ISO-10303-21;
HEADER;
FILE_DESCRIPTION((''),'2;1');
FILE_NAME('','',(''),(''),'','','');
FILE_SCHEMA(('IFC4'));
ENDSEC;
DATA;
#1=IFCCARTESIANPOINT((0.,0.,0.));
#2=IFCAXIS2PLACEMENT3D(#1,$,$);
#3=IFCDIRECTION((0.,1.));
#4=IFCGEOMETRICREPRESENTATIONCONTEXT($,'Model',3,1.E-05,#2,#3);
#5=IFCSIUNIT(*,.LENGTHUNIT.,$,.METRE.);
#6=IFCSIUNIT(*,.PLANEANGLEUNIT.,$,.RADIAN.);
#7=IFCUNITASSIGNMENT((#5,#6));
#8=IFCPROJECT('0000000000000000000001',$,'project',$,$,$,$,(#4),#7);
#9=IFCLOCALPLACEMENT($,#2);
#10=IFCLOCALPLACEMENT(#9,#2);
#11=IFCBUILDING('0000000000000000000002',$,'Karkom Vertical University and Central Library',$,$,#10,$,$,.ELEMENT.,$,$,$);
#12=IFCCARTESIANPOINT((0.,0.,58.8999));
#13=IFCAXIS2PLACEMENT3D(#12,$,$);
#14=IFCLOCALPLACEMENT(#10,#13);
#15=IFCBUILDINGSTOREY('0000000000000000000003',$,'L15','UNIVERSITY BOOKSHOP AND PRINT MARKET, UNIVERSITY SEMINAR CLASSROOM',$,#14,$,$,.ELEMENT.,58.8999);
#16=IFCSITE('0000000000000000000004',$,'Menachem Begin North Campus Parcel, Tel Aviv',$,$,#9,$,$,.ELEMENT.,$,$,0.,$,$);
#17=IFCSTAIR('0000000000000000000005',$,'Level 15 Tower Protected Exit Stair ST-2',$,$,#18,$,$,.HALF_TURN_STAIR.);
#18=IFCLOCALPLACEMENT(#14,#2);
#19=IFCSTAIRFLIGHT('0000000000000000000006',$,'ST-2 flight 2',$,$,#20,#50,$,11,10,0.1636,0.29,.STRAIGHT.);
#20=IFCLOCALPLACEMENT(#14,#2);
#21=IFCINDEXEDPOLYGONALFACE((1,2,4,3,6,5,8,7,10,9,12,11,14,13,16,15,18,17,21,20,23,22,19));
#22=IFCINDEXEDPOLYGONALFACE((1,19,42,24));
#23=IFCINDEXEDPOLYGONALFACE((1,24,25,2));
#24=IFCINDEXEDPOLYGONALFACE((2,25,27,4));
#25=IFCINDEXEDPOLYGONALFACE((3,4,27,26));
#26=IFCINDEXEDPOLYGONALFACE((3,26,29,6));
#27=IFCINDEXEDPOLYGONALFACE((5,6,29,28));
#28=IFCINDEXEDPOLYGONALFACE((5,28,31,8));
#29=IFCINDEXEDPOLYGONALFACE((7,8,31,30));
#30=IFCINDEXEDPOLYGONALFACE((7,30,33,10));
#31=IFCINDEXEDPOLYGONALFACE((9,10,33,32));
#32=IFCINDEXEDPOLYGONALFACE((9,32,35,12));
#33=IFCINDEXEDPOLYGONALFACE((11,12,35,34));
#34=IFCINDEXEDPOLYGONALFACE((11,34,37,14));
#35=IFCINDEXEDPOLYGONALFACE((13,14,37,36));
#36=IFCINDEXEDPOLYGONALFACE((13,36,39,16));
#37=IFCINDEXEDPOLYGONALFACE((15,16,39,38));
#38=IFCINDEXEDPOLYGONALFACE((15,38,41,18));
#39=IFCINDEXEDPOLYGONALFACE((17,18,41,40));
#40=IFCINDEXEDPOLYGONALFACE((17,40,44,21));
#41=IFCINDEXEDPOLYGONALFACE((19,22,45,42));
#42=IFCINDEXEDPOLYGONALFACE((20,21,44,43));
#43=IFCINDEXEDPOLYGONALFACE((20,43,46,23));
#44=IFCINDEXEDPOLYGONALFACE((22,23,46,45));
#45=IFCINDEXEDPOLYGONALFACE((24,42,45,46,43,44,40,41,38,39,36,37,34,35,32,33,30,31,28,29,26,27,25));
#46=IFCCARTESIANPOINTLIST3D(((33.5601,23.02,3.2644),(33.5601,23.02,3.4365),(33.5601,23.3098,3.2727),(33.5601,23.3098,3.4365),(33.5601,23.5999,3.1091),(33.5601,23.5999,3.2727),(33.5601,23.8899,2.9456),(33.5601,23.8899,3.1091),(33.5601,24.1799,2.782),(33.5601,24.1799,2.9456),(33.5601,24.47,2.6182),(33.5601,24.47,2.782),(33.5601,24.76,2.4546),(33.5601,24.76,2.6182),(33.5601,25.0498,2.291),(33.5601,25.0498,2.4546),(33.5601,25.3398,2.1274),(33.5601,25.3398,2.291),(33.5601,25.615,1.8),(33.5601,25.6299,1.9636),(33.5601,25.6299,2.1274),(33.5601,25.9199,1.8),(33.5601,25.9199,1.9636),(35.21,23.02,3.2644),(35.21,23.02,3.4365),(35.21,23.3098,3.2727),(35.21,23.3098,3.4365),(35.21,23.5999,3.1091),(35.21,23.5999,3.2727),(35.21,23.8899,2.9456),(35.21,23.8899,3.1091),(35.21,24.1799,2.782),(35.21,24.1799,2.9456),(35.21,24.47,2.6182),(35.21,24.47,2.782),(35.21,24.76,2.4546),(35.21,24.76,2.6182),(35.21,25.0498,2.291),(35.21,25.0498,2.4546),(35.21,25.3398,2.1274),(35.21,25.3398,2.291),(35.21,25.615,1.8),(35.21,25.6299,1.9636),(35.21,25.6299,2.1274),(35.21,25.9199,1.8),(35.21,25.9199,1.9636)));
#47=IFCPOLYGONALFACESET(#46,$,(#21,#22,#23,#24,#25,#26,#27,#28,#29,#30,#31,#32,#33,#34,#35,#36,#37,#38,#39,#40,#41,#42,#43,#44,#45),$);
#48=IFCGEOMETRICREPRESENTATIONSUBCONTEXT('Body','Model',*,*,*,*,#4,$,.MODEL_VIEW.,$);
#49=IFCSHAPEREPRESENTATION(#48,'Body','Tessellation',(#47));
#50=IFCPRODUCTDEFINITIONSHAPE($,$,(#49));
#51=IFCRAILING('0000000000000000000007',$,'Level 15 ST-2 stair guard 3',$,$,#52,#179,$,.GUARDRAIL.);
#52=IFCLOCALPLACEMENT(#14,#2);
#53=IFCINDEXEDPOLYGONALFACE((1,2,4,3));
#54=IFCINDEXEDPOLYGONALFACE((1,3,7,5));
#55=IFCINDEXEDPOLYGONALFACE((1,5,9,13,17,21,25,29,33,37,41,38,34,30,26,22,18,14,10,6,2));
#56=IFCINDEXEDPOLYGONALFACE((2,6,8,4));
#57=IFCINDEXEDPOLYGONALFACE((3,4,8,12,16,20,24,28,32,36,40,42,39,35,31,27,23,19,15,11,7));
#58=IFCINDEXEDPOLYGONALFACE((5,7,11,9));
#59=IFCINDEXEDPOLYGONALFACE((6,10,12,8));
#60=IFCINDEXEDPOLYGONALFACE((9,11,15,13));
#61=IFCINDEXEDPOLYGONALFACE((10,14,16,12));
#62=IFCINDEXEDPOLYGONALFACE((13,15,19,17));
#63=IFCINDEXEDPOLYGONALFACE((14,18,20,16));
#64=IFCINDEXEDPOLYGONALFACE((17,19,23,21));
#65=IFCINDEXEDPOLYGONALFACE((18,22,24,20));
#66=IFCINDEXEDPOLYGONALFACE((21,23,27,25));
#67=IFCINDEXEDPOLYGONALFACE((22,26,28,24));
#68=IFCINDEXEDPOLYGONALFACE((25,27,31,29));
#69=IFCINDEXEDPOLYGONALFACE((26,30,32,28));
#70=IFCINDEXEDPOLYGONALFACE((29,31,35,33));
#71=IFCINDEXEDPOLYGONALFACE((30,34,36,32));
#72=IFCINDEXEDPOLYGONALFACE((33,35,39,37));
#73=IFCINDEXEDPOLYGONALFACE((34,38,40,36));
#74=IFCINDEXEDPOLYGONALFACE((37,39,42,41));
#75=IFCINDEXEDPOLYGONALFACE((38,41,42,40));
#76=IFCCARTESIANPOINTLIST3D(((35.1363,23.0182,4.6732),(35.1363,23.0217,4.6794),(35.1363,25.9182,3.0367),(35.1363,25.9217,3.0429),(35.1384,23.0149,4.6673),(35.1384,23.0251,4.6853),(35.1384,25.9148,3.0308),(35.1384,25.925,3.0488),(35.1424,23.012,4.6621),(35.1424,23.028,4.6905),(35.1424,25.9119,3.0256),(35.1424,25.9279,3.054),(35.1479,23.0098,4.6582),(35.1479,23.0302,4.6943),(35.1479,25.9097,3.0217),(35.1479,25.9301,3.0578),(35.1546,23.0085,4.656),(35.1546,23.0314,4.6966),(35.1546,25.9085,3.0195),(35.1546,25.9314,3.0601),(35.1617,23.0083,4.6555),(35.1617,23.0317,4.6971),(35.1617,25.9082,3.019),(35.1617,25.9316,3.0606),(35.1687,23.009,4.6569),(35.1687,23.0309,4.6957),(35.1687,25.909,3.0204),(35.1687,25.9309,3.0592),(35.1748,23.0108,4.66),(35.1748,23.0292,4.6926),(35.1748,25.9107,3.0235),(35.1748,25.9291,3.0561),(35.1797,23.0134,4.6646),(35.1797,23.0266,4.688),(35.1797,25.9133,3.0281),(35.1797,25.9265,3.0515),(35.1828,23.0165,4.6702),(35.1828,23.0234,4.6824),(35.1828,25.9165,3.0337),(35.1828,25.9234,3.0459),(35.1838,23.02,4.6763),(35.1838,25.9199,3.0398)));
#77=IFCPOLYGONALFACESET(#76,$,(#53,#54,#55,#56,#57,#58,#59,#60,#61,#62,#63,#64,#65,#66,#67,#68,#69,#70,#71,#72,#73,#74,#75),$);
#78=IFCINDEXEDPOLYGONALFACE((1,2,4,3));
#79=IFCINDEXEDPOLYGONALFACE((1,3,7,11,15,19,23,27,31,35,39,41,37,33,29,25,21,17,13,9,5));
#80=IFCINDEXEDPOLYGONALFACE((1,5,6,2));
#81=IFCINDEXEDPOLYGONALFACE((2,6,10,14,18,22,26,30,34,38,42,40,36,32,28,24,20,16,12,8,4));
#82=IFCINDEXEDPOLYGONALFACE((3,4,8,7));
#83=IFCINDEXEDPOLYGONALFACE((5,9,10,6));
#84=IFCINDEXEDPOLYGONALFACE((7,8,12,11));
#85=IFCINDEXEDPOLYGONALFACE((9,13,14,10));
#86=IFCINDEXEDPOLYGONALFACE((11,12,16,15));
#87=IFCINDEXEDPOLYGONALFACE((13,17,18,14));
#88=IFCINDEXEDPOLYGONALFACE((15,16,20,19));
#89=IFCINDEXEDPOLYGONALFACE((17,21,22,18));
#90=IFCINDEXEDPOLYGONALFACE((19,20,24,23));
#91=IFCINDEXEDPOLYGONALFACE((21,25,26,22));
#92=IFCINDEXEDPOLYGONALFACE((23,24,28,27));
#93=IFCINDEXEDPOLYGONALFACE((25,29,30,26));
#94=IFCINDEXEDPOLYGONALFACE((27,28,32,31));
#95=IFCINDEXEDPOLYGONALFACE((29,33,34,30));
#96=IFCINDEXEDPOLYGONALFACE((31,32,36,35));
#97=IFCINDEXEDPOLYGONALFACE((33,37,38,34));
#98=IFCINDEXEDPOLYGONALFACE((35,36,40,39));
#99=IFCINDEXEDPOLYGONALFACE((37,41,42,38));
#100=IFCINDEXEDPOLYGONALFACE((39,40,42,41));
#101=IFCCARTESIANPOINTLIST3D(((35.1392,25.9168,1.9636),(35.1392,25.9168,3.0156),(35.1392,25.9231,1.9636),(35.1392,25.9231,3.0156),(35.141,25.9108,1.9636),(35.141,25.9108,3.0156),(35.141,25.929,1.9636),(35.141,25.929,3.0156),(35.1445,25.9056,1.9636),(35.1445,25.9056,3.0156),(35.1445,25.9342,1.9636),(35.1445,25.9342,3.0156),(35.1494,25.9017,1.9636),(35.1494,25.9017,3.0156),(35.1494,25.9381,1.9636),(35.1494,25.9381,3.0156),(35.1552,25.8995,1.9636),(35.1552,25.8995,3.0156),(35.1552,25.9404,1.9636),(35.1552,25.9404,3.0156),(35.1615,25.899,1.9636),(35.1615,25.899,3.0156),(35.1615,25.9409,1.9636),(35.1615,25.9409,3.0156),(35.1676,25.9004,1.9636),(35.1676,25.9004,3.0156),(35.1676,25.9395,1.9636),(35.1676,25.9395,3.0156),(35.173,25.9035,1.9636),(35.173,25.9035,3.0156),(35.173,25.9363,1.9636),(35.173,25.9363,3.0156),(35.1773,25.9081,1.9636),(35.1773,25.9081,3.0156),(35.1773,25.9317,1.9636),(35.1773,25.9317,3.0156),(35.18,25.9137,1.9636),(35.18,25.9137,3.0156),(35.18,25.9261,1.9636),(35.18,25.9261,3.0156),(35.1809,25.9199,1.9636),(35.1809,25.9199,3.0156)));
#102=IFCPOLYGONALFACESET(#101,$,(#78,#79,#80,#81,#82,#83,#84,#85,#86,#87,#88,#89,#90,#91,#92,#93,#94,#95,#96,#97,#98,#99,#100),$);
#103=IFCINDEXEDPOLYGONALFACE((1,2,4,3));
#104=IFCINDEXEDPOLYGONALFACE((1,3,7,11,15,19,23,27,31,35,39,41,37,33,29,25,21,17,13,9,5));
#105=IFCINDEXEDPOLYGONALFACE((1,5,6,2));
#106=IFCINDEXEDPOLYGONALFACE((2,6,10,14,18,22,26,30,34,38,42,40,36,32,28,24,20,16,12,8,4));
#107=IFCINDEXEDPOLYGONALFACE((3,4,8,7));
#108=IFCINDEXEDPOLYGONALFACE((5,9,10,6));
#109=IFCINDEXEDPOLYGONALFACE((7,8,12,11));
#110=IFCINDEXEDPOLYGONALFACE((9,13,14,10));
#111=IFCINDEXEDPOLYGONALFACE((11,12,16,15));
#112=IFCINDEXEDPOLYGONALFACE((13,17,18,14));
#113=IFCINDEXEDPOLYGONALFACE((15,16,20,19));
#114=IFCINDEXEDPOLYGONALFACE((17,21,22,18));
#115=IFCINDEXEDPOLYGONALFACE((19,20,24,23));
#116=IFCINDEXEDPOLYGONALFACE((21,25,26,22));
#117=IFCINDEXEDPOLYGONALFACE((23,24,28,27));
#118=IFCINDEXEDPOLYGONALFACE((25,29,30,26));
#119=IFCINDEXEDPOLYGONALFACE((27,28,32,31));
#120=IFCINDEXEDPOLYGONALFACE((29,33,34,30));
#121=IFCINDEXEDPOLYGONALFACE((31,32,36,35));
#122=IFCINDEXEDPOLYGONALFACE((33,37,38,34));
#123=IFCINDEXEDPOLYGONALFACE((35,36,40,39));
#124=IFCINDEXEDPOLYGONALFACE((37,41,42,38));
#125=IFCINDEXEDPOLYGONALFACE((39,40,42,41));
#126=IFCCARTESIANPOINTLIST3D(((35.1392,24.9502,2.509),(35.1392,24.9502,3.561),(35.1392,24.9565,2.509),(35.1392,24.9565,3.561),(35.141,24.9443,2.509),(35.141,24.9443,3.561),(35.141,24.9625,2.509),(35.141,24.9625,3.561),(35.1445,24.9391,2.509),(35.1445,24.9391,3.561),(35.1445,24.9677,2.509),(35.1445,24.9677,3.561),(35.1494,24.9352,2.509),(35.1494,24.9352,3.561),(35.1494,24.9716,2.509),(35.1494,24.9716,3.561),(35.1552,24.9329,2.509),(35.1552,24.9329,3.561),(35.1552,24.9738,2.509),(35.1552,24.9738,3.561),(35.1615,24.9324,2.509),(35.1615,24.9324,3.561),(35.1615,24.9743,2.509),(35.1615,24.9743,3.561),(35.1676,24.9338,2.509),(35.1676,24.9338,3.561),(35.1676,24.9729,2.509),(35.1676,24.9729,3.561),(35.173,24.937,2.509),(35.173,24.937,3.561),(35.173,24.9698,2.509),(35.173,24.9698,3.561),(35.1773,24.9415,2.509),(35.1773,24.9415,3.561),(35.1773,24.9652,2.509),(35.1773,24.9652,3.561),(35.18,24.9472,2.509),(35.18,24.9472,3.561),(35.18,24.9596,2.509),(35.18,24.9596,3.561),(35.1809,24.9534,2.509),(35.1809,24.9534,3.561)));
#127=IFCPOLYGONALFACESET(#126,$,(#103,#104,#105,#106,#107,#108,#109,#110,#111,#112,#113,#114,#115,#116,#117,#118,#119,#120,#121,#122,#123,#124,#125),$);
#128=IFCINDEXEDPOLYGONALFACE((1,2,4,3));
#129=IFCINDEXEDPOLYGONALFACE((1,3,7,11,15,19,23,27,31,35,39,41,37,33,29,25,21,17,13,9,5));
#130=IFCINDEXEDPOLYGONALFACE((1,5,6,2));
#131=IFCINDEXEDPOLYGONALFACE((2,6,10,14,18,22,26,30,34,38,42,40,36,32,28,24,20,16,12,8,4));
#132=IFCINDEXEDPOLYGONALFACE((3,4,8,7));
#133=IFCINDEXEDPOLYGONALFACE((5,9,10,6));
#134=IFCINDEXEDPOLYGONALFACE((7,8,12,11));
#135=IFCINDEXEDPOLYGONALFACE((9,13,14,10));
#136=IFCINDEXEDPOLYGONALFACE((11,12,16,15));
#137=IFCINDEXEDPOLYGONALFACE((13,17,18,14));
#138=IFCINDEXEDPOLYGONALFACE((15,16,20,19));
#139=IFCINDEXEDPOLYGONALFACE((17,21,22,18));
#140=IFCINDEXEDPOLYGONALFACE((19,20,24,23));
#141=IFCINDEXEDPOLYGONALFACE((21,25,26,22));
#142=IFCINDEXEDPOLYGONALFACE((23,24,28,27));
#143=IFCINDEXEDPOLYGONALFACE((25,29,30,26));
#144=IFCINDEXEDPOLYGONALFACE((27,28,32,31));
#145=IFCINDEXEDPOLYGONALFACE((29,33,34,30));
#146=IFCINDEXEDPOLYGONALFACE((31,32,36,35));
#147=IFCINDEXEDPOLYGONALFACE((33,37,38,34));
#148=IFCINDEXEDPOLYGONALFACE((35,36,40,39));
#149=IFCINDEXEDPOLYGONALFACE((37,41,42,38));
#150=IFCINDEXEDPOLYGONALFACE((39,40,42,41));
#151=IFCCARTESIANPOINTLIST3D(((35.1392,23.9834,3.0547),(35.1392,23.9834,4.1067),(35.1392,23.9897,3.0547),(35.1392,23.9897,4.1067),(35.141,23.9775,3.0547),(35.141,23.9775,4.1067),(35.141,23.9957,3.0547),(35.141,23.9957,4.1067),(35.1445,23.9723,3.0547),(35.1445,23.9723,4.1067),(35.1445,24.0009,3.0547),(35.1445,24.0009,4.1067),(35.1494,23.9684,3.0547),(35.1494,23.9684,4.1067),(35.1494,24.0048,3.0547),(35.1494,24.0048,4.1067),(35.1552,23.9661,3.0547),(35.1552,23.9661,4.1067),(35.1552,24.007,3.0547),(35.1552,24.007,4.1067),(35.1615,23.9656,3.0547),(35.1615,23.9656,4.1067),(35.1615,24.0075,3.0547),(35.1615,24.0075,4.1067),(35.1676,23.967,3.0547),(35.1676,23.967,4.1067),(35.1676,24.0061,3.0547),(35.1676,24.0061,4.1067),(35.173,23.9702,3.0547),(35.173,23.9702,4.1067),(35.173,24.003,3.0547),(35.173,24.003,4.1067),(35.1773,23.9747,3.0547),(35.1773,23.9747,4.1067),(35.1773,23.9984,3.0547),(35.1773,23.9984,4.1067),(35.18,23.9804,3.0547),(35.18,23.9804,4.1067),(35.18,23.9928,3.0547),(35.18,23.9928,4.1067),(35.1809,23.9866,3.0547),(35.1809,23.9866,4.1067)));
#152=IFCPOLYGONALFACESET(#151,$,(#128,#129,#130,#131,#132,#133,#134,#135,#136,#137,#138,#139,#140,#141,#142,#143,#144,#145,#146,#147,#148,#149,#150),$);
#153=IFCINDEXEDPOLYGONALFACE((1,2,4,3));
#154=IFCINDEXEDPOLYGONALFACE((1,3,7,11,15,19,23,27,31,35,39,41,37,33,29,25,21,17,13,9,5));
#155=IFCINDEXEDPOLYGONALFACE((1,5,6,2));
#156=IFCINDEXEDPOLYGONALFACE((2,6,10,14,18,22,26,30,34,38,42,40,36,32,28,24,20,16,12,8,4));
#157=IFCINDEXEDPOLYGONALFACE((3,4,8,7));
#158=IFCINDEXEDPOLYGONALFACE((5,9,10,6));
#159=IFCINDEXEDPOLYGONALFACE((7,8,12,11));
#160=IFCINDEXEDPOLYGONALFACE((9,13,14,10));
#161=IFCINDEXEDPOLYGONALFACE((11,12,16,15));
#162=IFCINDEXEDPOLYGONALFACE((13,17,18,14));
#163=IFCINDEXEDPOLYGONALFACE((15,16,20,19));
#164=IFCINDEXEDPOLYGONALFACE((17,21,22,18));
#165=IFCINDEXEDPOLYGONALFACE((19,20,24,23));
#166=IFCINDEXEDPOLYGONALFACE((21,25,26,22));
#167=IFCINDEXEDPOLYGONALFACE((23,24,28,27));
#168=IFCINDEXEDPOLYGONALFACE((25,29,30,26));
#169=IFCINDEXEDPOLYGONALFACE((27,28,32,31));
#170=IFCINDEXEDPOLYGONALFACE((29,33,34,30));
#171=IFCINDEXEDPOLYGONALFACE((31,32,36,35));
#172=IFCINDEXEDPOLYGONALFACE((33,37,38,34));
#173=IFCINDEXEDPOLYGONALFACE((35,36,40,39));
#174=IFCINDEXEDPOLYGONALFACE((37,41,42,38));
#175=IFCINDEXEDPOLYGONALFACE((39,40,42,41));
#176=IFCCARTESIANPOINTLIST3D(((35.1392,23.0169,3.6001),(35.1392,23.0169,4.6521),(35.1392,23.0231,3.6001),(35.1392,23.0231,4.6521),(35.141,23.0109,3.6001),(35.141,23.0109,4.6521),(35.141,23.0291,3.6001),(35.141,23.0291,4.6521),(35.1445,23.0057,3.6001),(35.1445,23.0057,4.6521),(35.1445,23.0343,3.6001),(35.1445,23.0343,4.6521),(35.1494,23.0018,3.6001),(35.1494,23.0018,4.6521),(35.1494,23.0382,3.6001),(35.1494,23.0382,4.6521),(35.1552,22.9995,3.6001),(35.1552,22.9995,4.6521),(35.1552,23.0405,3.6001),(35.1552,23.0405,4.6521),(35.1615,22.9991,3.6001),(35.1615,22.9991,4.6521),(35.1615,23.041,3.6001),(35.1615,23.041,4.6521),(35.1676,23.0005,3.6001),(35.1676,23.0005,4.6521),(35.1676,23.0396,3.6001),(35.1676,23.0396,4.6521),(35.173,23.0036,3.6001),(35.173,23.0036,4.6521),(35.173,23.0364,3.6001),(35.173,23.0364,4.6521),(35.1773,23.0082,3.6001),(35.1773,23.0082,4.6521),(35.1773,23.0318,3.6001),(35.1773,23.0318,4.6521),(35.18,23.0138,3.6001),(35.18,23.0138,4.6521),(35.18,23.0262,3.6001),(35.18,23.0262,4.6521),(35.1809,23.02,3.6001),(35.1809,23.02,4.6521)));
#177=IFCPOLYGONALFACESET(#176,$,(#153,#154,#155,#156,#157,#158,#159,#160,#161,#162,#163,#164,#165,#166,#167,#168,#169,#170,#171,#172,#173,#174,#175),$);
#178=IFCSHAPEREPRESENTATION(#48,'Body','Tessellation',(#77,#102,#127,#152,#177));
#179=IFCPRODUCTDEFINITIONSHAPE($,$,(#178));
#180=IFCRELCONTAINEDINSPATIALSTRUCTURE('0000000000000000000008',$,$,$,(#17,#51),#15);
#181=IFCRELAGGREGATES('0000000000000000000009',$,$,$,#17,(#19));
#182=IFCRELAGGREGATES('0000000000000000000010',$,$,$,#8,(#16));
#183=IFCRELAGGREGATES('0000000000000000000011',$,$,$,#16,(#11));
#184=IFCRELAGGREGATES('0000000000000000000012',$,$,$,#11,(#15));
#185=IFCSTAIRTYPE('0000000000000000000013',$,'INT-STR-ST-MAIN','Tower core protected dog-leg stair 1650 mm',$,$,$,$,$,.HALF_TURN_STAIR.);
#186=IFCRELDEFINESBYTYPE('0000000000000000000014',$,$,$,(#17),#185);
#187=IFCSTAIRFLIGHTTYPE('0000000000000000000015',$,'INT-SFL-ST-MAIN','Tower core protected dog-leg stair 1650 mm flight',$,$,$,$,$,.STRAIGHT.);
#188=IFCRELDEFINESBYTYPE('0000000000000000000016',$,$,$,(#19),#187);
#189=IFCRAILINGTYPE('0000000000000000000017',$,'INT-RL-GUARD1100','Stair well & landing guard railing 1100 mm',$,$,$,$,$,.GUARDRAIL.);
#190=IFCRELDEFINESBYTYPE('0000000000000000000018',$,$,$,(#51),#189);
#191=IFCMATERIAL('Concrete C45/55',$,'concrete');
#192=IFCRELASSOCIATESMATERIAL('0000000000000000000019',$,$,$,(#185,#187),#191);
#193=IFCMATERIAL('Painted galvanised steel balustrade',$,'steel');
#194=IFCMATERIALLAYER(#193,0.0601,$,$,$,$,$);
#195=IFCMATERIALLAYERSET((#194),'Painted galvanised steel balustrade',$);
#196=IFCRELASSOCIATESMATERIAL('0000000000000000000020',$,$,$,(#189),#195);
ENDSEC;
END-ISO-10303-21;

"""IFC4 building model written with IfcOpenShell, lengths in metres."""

from ifc_helpers import new_model, si_unit, direction, frame, origin, origin_2d, place, context, subcontext, project, spatial, polyline, circle, outline, extrude, material, layer, layer_set, type_object, element, aggregate, save


model = new_model("IFC4")

# Units and contexts
model_context = context("Model", 3, precision=1e-05, world=origin(), true_north=direction((0.0, 1.0)))
body_context = subcontext(model_context, "Body", "Model", "MODEL_VIEW")
ifc_project = project(units=[si_unit("LENGTHUNIT", "METRE"), si_unit("PLANEANGLEUNIT", "RADIAN")], contexts=[model_context])

# Site, building, storey
site_placement = place(None, origin())
site = spatial("IfcSite", under=ifc_project, at=site_placement, Name="Menachem Begin North Campus Parcel, Tel Aviv", CompositionType="ELEMENT", RefElevation=0.0)
building_placement = place(site_placement, origin())
building = spatial("IfcBuilding", under=site, at=building_placement, Name="Karkom Vertical University and Central Library", CompositionType="ELEMENT")
storey_placement = place(building_placement, frame((0.0, 0.0, 58.8999)))
storey = spatial("IfcBuildingStorey", under=building, at=storey_placement, Name="L15", Description="UNIVERSITY BOOKSHOP AND PRINT MARKET, UNIVERSITY SEMINAR CLASSROOM", CompositionType="ELEMENT", Elevation=58.8999)

# Shared definitions
ifc_material_1 = material(Name="Concrete C45/55", Category="concrete")

# Stair, stair flight
stair_type = type_object("IfcStairType", Name="INT-STR-ST-MAIN", Description="Tower core protected dog-leg stair 1650 mm", PredefinedType="HALF_TURN_STAIR", material=ifc_material_1)
stair_placement = place(storey_placement, origin())
stair = element("IfcStair", 1, at=stair_placement, inside=storey, type_object=stair_type, Name="Level 15 Tower Protected Exit Stair ST-2", PredefinedType="HALF_TURN_STAIR")
stair_flight_type = type_object("IfcStairFlightType", Name="INT-SFL-ST-MAIN", Description="Tower core protected dog-leg stair 1650 mm flight", PredefinedType="STRAIGHT", material=ifc_material_1)
stair_flight_placement = place(storey_placement, frame((34.385, 25.9199, 1.8), z_axis=(0.0, 0.0, 1.0), x_axis=(0.0, -1.0, 0.0)))
stair_flight = element("IfcStairFlight", 2, at=stair_flight_placement, type_object=stair_flight_type, Name="ST-2 flight 2", NumberOfRisers=11, NumberOfTreads=10, PredefinedType="STRAIGHT", RiserHeight=0.1636, TreadLength=0.29, context=body_context, shape_type="SweptSolid", body=[
    extrude(outline(polyline([(0.0, 0.0), (0.0, 0.1636), (0.29, 0.1636), (0.29, 0.3274), (0.5801, 0.3274), (0.5801, 0.491), (0.8701, 0.491), (0.8701, 0.6545), (1.1599, 0.6545), (1.1599, 0.8181), (1.45, 0.8181), (1.45, 0.9819), (1.74, 0.9819), (1.74, 1.1455), (2.03, 1.1455), (2.03, 1.3091), (2.3201, 1.3091), (2.3201, 1.4727), (2.6101, 1.4727), (2.6101, 1.6365), (2.8999, 1.6365), (2.8999, 1.8), (2.8999, 1.4644), (0.3049, 0.0), (0.0, 0.0)])), frame((0.0, 0.825, 0.0), z_axis=(0.0, -1.0, 0.0), x_axis=(1.0, 0.0, 0.0)), (0.0, 0.0, 1.0), 1.6499),
])
aggregate(stair, [stair_flight])

# Railing
ifc_material_2 = material(Name="Painted galvanised steel balustrade", Category="steel")
ifc_layer_1 = layer(ifc_material_2, 0.0601)
ifc_layer_set_1 = layer_set([ifc_layer_1], Name="Painted galvanised steel balustrade")
railing_type = type_object("IfcRailingType", Name="INT-RL-GUARD1100", Description="Stair well & landing guard railing 1100 mm", PredefinedType="GUARDRAIL", material=ifc_layer_set_1)
railing_placement = place(storey_placement, frame((35.1599, 25.9199, 1.9636)))
element("IfcRailing", 3, at=railing_placement, inside=storey, type_object=railing_type, Name="Level 15 ST-2 stair guard 3", PredefinedType="GUARDRAIL", context=body_context, shape_type="SweptSolid", body=[
    extrude(circle(Radius=0.0239, at=origin_2d()), frame((0.0, 0.0, 1.0762), z_axis=(0.0, -0.870897, 0.491465), x_axis=(1.0, 0.0, 0.0)), (0.0, 0.0, 1.0), 3.3298),
    extrude(circle(Radius=0.021, at=origin_2d()), origin(), (0.0, 0.0, 1.0), 1.052),
    extrude(circle(Radius=0.021, at=origin_2d()), frame((0.0, -0.9666, 0.5454)), (0.0, 0.0, 1.0), 1.052),
    extrude(circle(Radius=0.021, at=origin_2d()), frame((0.0, -1.9333, 1.0911)), (0.0, 0.0, 1.0), 1.052),
    extrude(circle(Radius=0.021, at=origin_2d()), frame((0.0, -2.8999, 1.6365)), (0.0, 0.0, 1.0), 1.052),
])

save(model, "model.ifc")
